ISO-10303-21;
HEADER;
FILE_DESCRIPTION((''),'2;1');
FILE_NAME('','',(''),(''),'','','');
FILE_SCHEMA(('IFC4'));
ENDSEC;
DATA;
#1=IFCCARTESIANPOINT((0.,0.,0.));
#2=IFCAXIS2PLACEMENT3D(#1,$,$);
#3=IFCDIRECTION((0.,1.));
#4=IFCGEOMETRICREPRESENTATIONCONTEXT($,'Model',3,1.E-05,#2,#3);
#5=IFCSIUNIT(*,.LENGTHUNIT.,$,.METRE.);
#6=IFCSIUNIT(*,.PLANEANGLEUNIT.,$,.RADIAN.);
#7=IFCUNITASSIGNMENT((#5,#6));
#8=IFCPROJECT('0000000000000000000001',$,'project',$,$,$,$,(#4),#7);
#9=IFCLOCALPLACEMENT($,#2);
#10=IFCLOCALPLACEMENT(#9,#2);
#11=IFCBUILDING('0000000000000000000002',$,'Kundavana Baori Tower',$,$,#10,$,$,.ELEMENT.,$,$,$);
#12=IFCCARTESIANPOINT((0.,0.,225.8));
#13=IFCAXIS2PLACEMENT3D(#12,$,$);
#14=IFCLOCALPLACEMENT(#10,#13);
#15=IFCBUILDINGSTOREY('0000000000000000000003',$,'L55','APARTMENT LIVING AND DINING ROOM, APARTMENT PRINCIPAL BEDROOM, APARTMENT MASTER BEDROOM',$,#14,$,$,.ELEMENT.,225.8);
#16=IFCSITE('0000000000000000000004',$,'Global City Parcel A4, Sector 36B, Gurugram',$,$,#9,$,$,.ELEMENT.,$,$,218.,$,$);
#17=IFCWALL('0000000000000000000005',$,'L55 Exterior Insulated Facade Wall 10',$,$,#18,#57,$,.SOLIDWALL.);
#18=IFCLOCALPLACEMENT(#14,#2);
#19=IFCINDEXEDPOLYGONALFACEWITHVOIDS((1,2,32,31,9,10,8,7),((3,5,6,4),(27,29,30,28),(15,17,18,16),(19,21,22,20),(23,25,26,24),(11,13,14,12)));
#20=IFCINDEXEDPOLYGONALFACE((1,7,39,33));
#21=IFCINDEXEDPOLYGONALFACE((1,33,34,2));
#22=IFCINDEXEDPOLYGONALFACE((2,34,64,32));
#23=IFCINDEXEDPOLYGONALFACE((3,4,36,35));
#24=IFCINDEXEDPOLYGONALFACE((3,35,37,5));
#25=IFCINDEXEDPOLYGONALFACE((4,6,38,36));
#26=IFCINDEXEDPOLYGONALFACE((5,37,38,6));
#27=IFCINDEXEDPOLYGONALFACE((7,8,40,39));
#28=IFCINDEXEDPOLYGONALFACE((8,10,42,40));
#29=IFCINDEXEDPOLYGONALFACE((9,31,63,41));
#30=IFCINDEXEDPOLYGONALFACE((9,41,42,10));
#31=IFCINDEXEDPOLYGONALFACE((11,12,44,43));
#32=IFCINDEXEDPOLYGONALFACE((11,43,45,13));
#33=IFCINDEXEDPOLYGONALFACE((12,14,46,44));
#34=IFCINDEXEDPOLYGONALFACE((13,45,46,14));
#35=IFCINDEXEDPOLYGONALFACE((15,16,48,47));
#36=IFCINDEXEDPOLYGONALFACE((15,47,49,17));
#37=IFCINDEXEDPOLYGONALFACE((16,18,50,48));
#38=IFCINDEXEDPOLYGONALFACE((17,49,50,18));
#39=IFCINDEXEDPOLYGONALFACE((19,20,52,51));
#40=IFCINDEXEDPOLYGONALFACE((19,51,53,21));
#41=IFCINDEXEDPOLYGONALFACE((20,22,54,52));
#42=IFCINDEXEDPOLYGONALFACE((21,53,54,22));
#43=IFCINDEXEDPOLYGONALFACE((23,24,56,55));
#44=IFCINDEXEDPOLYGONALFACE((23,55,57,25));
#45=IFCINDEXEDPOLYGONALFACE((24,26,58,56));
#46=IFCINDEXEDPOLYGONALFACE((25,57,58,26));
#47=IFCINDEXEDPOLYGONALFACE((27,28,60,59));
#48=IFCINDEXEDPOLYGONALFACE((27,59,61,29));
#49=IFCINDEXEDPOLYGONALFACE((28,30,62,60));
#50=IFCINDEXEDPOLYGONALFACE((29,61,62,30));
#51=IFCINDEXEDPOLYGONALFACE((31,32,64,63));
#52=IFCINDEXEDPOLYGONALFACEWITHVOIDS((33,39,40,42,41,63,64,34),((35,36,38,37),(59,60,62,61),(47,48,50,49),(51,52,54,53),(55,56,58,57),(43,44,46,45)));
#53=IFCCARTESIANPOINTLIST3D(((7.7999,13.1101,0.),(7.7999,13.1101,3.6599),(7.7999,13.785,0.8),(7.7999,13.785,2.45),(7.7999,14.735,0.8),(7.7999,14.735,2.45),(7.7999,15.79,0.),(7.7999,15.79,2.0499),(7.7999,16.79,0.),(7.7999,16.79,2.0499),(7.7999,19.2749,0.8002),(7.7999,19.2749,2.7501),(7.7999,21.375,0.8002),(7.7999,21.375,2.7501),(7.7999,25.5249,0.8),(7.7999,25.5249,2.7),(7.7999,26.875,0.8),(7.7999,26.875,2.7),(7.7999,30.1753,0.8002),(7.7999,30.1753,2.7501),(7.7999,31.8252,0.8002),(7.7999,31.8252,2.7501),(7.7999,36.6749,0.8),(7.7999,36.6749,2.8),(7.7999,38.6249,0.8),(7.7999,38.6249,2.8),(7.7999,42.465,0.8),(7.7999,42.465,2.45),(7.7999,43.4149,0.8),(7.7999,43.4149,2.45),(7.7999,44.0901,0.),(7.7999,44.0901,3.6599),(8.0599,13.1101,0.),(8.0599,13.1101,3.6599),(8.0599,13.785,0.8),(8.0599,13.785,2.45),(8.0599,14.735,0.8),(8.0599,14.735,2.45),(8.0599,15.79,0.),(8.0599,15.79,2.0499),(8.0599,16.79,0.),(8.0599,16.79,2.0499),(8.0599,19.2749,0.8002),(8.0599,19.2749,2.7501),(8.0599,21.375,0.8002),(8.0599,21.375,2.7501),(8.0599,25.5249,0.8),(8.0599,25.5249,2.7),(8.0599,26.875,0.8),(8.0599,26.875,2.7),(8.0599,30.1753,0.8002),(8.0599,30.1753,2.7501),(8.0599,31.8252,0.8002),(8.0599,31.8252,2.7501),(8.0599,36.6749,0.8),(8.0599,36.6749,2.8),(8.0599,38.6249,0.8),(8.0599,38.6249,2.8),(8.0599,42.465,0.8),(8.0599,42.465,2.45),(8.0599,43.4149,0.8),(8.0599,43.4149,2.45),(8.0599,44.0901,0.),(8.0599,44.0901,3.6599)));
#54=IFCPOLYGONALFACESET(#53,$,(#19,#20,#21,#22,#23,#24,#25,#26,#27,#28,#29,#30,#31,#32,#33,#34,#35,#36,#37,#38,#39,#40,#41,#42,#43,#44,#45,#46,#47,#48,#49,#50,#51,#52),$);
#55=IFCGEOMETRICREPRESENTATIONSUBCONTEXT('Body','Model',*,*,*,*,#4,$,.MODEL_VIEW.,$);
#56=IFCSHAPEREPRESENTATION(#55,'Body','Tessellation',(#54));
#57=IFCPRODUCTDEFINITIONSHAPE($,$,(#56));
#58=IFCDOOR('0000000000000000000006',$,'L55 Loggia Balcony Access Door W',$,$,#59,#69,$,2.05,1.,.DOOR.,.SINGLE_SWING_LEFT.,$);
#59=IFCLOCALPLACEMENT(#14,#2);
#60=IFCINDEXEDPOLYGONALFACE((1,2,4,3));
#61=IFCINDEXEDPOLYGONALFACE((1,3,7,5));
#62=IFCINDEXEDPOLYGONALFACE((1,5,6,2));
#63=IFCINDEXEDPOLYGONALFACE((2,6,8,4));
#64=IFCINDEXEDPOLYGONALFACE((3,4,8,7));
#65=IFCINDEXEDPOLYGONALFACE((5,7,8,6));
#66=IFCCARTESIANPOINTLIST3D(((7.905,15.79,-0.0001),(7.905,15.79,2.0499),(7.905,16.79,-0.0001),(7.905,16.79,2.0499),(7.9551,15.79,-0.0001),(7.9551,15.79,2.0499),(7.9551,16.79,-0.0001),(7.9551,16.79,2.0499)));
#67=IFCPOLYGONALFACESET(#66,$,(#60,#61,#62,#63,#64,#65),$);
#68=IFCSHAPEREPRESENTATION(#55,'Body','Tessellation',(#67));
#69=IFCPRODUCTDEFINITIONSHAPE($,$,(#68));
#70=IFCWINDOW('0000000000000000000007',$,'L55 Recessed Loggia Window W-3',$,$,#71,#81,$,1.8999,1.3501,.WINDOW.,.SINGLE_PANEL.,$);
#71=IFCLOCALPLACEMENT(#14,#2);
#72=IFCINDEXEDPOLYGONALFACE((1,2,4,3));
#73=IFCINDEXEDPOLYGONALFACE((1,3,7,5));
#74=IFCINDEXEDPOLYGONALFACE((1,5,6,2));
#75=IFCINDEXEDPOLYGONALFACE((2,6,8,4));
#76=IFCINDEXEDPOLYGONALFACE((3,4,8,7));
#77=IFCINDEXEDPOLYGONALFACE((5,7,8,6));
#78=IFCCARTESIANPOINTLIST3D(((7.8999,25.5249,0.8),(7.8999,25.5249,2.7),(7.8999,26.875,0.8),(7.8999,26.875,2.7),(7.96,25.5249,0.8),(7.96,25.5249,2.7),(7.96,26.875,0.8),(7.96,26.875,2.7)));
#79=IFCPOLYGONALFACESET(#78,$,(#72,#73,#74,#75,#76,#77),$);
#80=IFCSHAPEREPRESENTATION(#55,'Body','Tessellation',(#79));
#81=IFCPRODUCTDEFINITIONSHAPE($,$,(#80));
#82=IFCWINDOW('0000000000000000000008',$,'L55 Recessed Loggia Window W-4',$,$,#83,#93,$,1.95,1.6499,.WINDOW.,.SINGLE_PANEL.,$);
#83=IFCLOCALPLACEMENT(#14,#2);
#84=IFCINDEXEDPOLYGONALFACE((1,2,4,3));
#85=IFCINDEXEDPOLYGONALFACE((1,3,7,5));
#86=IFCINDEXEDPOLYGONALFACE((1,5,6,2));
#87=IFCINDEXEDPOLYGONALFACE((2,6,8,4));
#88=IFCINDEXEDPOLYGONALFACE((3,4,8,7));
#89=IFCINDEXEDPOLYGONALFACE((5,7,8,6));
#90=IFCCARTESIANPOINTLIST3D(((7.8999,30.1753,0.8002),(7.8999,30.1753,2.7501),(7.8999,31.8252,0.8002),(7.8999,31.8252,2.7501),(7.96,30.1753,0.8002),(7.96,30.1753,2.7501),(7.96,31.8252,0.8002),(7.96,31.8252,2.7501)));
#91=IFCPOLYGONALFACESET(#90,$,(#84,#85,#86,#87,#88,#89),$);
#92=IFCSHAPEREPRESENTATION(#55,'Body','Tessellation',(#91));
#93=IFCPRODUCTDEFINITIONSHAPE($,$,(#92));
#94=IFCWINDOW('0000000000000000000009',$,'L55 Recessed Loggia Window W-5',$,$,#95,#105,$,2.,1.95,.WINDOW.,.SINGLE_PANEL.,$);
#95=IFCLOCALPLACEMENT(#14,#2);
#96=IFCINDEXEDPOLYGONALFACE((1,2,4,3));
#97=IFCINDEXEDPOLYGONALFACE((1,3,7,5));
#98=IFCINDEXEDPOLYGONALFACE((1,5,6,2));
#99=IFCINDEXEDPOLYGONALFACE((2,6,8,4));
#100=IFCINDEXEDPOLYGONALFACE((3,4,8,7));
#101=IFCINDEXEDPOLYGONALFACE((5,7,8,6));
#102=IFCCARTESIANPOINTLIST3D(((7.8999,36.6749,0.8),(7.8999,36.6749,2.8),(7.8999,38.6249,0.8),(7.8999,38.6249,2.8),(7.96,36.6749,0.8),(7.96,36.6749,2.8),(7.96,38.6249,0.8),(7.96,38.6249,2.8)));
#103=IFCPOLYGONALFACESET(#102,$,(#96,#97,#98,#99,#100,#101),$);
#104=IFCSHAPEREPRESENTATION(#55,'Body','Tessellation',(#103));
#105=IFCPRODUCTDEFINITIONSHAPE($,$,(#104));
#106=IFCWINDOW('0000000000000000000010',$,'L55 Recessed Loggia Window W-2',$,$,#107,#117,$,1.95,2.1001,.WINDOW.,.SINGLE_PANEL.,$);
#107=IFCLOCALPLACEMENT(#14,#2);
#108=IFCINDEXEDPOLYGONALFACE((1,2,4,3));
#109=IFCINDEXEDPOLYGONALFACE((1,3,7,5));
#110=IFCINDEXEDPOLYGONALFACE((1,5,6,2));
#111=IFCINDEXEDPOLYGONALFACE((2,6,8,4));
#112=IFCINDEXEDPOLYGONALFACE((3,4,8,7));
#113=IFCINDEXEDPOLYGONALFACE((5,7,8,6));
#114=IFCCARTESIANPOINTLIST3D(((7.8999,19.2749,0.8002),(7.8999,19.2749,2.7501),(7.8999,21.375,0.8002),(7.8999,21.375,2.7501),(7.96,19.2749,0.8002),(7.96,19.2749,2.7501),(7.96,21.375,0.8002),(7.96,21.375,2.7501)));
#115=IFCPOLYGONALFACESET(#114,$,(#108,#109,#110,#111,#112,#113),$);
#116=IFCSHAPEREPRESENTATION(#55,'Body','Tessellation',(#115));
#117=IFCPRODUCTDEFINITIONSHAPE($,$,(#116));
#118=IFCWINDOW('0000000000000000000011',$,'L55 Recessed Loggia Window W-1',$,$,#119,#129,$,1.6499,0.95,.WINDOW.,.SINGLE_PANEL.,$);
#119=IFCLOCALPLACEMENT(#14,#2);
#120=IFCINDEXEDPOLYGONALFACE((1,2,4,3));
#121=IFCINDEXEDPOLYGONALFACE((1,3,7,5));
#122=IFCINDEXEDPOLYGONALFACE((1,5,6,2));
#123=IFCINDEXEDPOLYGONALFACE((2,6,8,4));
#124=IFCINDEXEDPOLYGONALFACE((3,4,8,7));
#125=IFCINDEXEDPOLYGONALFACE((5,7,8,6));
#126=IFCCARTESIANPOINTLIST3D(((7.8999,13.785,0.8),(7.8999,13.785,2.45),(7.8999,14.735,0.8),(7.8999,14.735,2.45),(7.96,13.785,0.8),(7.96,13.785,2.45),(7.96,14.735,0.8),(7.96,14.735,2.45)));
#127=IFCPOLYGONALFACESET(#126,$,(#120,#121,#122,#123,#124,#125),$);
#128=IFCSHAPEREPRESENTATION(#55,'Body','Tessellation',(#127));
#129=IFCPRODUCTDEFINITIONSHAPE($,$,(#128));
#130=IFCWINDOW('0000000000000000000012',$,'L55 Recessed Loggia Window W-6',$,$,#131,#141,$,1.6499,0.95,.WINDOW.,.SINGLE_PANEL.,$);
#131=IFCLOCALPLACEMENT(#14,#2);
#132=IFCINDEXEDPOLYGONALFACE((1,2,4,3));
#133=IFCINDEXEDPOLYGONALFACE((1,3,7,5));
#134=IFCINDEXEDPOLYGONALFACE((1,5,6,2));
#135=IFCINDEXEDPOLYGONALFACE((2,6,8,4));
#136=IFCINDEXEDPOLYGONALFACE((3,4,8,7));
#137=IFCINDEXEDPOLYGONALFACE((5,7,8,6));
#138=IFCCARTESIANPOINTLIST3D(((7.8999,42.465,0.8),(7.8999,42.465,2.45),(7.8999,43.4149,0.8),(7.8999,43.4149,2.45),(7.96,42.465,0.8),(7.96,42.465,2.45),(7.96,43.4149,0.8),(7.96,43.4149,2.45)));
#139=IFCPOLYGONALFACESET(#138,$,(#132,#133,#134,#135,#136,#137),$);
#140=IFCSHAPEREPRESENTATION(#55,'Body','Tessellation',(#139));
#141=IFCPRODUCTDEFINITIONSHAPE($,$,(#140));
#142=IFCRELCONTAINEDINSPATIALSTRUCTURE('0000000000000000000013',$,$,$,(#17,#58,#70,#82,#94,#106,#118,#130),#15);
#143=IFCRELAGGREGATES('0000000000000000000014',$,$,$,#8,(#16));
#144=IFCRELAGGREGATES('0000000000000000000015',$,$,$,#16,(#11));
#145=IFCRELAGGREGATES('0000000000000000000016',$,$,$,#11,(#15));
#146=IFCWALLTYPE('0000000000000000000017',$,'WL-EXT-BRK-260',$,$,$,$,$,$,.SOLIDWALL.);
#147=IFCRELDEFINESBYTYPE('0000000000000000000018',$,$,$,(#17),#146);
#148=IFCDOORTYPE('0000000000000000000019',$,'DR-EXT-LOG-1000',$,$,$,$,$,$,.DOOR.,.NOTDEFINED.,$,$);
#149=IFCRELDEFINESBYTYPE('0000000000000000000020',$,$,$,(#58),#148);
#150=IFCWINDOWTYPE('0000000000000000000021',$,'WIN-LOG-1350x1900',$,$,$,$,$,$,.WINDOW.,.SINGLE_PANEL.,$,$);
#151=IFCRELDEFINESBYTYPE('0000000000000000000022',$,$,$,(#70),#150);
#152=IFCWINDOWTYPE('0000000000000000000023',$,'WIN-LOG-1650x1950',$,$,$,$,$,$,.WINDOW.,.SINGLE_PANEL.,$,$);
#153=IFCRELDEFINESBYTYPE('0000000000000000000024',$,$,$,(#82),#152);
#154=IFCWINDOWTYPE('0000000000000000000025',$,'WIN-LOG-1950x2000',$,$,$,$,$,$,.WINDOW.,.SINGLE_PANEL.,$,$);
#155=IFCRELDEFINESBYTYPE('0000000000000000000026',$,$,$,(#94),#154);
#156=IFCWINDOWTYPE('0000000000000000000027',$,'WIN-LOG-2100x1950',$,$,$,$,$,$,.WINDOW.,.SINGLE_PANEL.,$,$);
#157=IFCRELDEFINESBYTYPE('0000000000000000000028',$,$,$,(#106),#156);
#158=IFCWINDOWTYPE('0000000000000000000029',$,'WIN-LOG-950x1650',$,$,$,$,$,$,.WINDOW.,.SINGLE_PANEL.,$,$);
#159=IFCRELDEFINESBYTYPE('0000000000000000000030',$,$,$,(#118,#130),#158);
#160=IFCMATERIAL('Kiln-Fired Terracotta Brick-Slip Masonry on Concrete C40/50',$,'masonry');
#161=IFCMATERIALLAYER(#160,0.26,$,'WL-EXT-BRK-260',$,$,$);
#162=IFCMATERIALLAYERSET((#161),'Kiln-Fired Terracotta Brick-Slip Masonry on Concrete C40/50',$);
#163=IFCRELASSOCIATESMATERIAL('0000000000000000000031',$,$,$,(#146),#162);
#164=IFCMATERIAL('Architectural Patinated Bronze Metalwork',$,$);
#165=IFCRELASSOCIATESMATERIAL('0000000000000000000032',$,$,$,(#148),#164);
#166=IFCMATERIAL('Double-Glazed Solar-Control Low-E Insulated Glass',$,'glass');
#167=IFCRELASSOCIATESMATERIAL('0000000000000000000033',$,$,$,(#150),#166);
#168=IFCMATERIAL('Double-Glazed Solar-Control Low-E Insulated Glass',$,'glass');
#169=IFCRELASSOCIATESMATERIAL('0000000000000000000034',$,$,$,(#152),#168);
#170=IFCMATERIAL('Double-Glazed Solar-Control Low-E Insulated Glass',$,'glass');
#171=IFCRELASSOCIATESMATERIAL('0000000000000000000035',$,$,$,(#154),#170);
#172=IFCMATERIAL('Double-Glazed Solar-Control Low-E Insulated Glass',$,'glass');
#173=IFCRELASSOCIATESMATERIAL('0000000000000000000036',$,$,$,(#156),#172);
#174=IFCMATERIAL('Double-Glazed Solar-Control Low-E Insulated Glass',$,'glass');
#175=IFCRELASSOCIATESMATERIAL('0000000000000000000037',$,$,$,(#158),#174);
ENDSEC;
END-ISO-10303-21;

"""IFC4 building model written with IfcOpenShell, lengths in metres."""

from ifc_helpers import new_model, si_unit, direction, frame, frame_2d, origin, place, context, subcontext, project, spatial, rectangle, extrude, material, layer, layer_set, type_object, element, fill, save


model = new_model("IFC4")

# Units and contexts
model_context = context("Model", 3, precision=1e-05, world=origin(), true_north=direction((0.0, 1.0)))
body_context = subcontext(model_context, "Body", "Model", "MODEL_VIEW")
ifc_project = project(units=[si_unit("LENGTHUNIT", "METRE"), si_unit("PLANEANGLEUNIT", "RADIAN")], contexts=[model_context])

# Site, building, storey
site_placement = place(None, origin())
site = spatial("IfcSite", under=ifc_project, at=site_placement, Name="Global City Parcel A4, Sector 36B, Gurugram", CompositionType="ELEMENT", RefElevation=218.0)
building_placement = place(site_placement, origin())
building = spatial("IfcBuilding", under=site, at=building_placement, Name="Kundavana Baori Tower", CompositionType="ELEMENT")
storey_placement = place(building_placement, frame((0.0, 0.0, 225.8)))
storey = spatial("IfcBuildingStorey", under=building, at=storey_placement, Name="L55", Description="APARTMENT LIVING AND DINING ROOM, APARTMENT PRINCIPAL BEDROOM, APARTMENT MASTER BEDROOM", CompositionType="ELEMENT", Elevation=225.8)

# Shared definitions
ifc_material_1 = material(Name="Kiln-Fired Terracotta Brick-Slip Masonry on Concrete C40/50", Category="masonry")
ifc_layer_1 = layer(ifc_material_1, 0.26, Name="WL-EXT-BRK-260")
ifc_layer_set_1 = layer_set([ifc_layer_1], Name="Kiln-Fired Terracotta Brick-Slip Masonry on Concrete C40/50")
wall_type_1 = type_object("IfcWallType", Name="WL-EXT-BRK-260", PredefinedType="SOLIDWALL", material=ifc_layer_set_1)

# Wall, openings, door, windows
wall_1_placement = place(storey_placement, frame((7.9299, 44.0901, 0.0), z_axis=(0.0, 0.0, 1.0), x_axis=(0.0, -1.0, 0.0)))
wall_1 = element("IfcWall", 1, at=wall_1_placement, inside=storey, type_object=wall_type_1, Name="L55 Exterior Insulated Facade Wall 10", PredefinedType="SOLIDWALL", context=body_context, shape_type="SweptSolid", body=[
    extrude(rectangle(XDim=30.98, YDim=0.26, at=frame_2d((15.49, 0.0))), origin(), (0.0, 0.0, 1.0), 3.6599),
])
opening_1_placement = place(wall_1_placement, frame((29.355, 0.0, 0.8)))
opening_1 = element("IfcOpeningElement", 2, at=opening_1_placement, cuts=wall_1, PredefinedType="OPENING", context=body_context, shape_type="SweptSolid", body=[
    extrude(rectangle(XDim=0.95, YDim=1.6499, at=frame_2d((0.4751, 0.825))), frame((0.0, 0.1401, 0.0), z_axis=(0.0, -1.0, 0.0), x_axis=(1.0, 0.0, 0.0)), (0.0, 0.0, 1.0), 0.28),
])
opening_2_placement = place(wall_1_placement, frame((27.3, 0.0, 0.0)))
opening_2 = element("IfcOpeningElement", 3, at=opening_2_placement, cuts=wall_1, PredefinedType="OPENING", context=body_context, shape_type="SweptSolid", body=[
    extrude(rectangle(XDim=1.0, YDim=2.05, at=frame_2d((0.5, 1.0249))), frame((0.0, 0.1401, 0.0), z_axis=(0.0, -1.0, 0.0), x_axis=(1.0, 0.0, 0.0)), (0.0, 0.0, 1.0), 0.28),
])
opening_3_placement = place(wall_1_placement, frame((22.7151, 0.0, 0.8)))
opening_3 = element("IfcOpeningElement", 4, at=opening_3_placement, cuts=wall_1, PredefinedType="OPENING", context=body_context, shape_type="SweptSolid", body=[
    extrude(rectangle(XDim=2.1001, YDim=1.95, at=frame_2d((1.05, 0.9751))), frame((0.0, 0.1401, 0.0), z_axis=(0.0, -1.0, 0.0), x_axis=(1.0, 0.0, 0.0)), (0.0, 0.0, 1.0), 0.28),
])
opening_4_placement = place(wall_1_placement, frame((17.2151, 0.0, 0.8)))
opening_4 = element("IfcOpeningElement", 5, at=opening_4_placement, cuts=wall_1, PredefinedType="OPENING", context=body_context, shape_type="SweptSolid", body=[
    extrude(rectangle(XDim=1.3501, YDim=1.8999, at=frame_2d((0.675, 0.95))), frame((0.0, 0.1401, 0.0), z_axis=(0.0, -1.0, 0.0), x_axis=(1.0, 0.0, 0.0)), (0.0, 0.0, 1.0), 0.28),
])
opening_5_placement = place(wall_1_placement, frame((12.2649, 0.0, 0.8)))
opening_5 = element("IfcOpeningElement", 6, at=opening_5_placement, cuts=wall_1, PredefinedType="OPENING", context=body_context, shape_type="SweptSolid", body=[
    extrude(rectangle(XDim=1.6499, YDim=1.95, at=frame_2d((0.825, 0.9751))), frame((0.0, 0.1401, 0.0), z_axis=(0.0, -1.0, 0.0), x_axis=(1.0, 0.0, 0.0)), (0.0, 0.0, 1.0), 0.28),
])
opening_6_placement = place(wall_1_placement, frame((5.4651, 0.0, 0.8)))
opening_6 = element("IfcOpeningElement", 7, at=opening_6_placement, cuts=wall_1, PredefinedType="OPENING", context=body_context, shape_type="SweptSolid", body=[
    extrude(rectangle(XDim=1.95, YDim=2.0, at=frame_2d((0.9751, 1.0))), frame((0.0, 0.1401, 0.0), z_axis=(0.0, -1.0, 0.0), x_axis=(1.0, 0.0, 0.0)), (0.0, 0.0, 1.0), 0.28),
])
opening_7_placement = place(wall_1_placement, frame((0.675, 0.0, 0.8)))
opening_7 = element("IfcOpeningElement", 8, at=opening_7_placement, cuts=wall_1, PredefinedType="OPENING", context=body_context, shape_type="SweptSolid", body=[
    extrude(rectangle(XDim=0.95, YDim=1.6499, at=frame_2d((0.4751, 0.825))), frame((0.0, 0.1401, 0.0), z_axis=(0.0, -1.0, 0.0), x_axis=(1.0, 0.0, 0.0)), (0.0, 0.0, 1.0), 0.28),
])
ifc_material_2 = material(Name="Architectural Patinated Bronze Metalwork")
door_type_1 = type_object("IfcDoorType", Name="DR-EXT-LOG-1000", OperationType="NOTDEFINED", PredefinedType="DOOR", material=ifc_material_2)
door_1_placement = place(opening_2_placement, frame((1.0, 0.0, 0.0), z_axis=(0.0, 0.0, 1.0), x_axis=(-1.0, 0.0, 0.0)))
door_1 = element("IfcDoor", 9, at=door_1_placement, inside=storey, type_object=door_type_1, Name="L55 Loggia Balcony Access Door W", OperationType="SINGLE_SWING_LEFT", OverallHeight=2.05, OverallWidth=1.0, PredefinedType="DOOR", context=body_context, shape_type="SweptSolid", body=[
    extrude(rectangle(XDim=1.0, YDim=2.05, at=frame_2d((0.5, 1.0249))), frame((0.0, 0.0249, 0.0), z_axis=(0.0, -1.0, 0.0), x_axis=(1.0, 0.0, 0.0)), (0.0, 0.0, 1.0), 0.05),
])
fill(opening_2, door_1)
ifc_material_3 = material(Name="Double-Glazed Solar-Control Low-E Insulated Glass", Category="glass")
window_type_1 = type_object("IfcWindowType", Name="WIN-LOG-1350x1900", PartitioningType="SINGLE_PANEL", PredefinedType="WINDOW", material=ifc_material_3)
window_1_placement = place(opening_4_placement, origin())
window_1 = element("IfcWindow", 10, at=window_1_placement, inside=storey, type_object=window_type_1, Name="L55 Recessed Loggia Window W-3", OverallHeight=1.8999, OverallWidth=1.3501, PartitioningType="SINGLE_PANEL", PredefinedType="WINDOW", context=body_context, shape_type="SweptSolid", body=[
    extrude(rectangle(XDim=1.3501, YDim=1.8999, at=frame_2d((0.675, 0.95))), frame((0.0, 0.03, 0.0), z_axis=(0.0, -1.0, 0.0), x_axis=(1.0, 0.0, 0.0)), (0.0, 0.0, 1.0), 0.0601),
])
fill(opening_4, window_1)
ifc_material_4 = material(Name="Double-Glazed Solar-Control Low-E Insulated Glass", Category="glass")
window_type_2 = type_object("IfcWindowType", Name="WIN-LOG-1650x1950", PartitioningType="SINGLE_PANEL", PredefinedType="WINDOW", material=ifc_material_4)
window_2_placement = place(opening_5_placement, origin())
window_2 = element("IfcWindow", 11, at=window_2_placement, inside=storey, type_object=window_type_2, Name="L55 Recessed Loggia Window W-4", OverallHeight=1.95, OverallWidth=1.6499, PartitioningType="SINGLE_PANEL", PredefinedType="WINDOW", context=body_context, shape_type="SweptSolid", body=[
    extrude(rectangle(XDim=1.6499, YDim=1.95, at=frame_2d((0.825, 0.9751))), frame((0.0, 0.03, 0.0), z_axis=(0.0, -1.0, 0.0), x_axis=(1.0, 0.0, 0.0)), (0.0, 0.0, 1.0), 0.0601),
])
fill(opening_5, window_2)
ifc_material_5 = material(Name="Double-Glazed Solar-Control Low-E Insulated Glass", Category="glass")
window_type_3 = type_object("IfcWindowType", Name="WIN-LOG-1950x2000", PartitioningType="SINGLE_PANEL", PredefinedType="WINDOW", material=ifc_material_5)
window_3_placement = place(opening_6_placement, origin())
window_3 = element("IfcWindow", 12, at=window_3_placement, inside=storey, type_object=window_type_3, Name="L55 Recessed Loggia Window W-5", OverallHeight=2.0, OverallWidth=1.95, PartitioningType="SINGLE_PANEL", PredefinedType="WINDOW", context=body_context, shape_type="SweptSolid", body=[
    extrude(rectangle(XDim=1.95, YDim=2.0, at=frame_2d((0.9751, 1.0))), frame((0.0, 0.03, 0.0), z_axis=(0.0, -1.0, 0.0), x_axis=(1.0, 0.0, 0.0)), (0.0, 0.0, 1.0), 0.0601),
])
fill(opening_6, window_3)
ifc_material_6 = material(Name="Double-Glazed Solar-Control Low-E Insulated Glass", Category="glass")
window_type_4 = type_object("IfcWindowType", Name="WIN-LOG-2100x1950", PartitioningType="SINGLE_PANEL", PredefinedType="WINDOW", material=ifc_material_6)
window_4_placement = place(opening_3_placement, origin())
window_4 = element("IfcWindow", 13, at=window_4_placement, inside=storey, type_object=window_type_4, Name="L55 Recessed Loggia Window W-2", OverallHeight=1.95, OverallWidth=2.1001, PartitioningType="SINGLE_PANEL", PredefinedType="WINDOW", context=body_context, shape_type="SweptSolid", body=[
    extrude(rectangle(XDim=2.1001, YDim=1.95, at=frame_2d((1.05, 0.9751))), frame((0.0, 0.03, 0.0), z_axis=(0.0, -1.0, 0.0), x_axis=(1.0, 0.0, 0.0)), (0.0, 0.0, 1.0), 0.0601),
])
fill(opening_3, window_4)
ifc_material_7 = material(Name="Double-Glazed Solar-Control Low-E Insulated Glass", Category="glass")
window_type_5 = type_object("IfcWindowType", Name="WIN-LOG-950x1650", PartitioningType="SINGLE_PANEL", PredefinedType="WINDOW", material=ifc_material_7)
window_5_placement = place(opening_1_placement, origin())
window_5 = element("IfcWindow", 14, at=window_5_placement, inside=storey, type_object=window_type_5, Name="L55 Recessed Loggia Window W-1", OverallHeight=1.6499, OverallWidth=0.95, PartitioningType="SINGLE_PANEL", PredefinedType="WINDOW", context=body_context, shape_type="SweptSolid", body=[
    extrude(rectangle(XDim=0.95, YDim=1.6499, at=frame_2d((0.4751, 0.825))), frame((0.0, 0.03, 0.0), z_axis=(0.0, -1.0, 0.0), x_axis=(1.0, 0.0, 0.0)), (0.0, 0.0, 1.0), 0.0601),
])
fill(opening_1, window_5)
window_6_placement = place(opening_7_placement, origin())
window_6 = element("IfcWindow", 15, at=window_6_placement, inside=storey, type_object=window_type_5, Name="L55 Recessed Loggia Window W-6", OverallHeight=1.6499, OverallWidth=0.95, PartitioningType="SINGLE_PANEL", PredefinedType="WINDOW", context=body_context, shape_type="SweptSolid", body=[
    extrude(rectangle(XDim=0.95, YDim=1.6499, at=frame_2d((0.4751, 0.825))), frame((0.0, 0.03, 0.0), z_axis=(0.0, -1.0, 0.0), x_axis=(1.0, 0.0, 0.0)), (0.0, 0.0, 1.0), 0.0601),
])
fill(opening_7, window_6)

save(model, "model.ifc")
